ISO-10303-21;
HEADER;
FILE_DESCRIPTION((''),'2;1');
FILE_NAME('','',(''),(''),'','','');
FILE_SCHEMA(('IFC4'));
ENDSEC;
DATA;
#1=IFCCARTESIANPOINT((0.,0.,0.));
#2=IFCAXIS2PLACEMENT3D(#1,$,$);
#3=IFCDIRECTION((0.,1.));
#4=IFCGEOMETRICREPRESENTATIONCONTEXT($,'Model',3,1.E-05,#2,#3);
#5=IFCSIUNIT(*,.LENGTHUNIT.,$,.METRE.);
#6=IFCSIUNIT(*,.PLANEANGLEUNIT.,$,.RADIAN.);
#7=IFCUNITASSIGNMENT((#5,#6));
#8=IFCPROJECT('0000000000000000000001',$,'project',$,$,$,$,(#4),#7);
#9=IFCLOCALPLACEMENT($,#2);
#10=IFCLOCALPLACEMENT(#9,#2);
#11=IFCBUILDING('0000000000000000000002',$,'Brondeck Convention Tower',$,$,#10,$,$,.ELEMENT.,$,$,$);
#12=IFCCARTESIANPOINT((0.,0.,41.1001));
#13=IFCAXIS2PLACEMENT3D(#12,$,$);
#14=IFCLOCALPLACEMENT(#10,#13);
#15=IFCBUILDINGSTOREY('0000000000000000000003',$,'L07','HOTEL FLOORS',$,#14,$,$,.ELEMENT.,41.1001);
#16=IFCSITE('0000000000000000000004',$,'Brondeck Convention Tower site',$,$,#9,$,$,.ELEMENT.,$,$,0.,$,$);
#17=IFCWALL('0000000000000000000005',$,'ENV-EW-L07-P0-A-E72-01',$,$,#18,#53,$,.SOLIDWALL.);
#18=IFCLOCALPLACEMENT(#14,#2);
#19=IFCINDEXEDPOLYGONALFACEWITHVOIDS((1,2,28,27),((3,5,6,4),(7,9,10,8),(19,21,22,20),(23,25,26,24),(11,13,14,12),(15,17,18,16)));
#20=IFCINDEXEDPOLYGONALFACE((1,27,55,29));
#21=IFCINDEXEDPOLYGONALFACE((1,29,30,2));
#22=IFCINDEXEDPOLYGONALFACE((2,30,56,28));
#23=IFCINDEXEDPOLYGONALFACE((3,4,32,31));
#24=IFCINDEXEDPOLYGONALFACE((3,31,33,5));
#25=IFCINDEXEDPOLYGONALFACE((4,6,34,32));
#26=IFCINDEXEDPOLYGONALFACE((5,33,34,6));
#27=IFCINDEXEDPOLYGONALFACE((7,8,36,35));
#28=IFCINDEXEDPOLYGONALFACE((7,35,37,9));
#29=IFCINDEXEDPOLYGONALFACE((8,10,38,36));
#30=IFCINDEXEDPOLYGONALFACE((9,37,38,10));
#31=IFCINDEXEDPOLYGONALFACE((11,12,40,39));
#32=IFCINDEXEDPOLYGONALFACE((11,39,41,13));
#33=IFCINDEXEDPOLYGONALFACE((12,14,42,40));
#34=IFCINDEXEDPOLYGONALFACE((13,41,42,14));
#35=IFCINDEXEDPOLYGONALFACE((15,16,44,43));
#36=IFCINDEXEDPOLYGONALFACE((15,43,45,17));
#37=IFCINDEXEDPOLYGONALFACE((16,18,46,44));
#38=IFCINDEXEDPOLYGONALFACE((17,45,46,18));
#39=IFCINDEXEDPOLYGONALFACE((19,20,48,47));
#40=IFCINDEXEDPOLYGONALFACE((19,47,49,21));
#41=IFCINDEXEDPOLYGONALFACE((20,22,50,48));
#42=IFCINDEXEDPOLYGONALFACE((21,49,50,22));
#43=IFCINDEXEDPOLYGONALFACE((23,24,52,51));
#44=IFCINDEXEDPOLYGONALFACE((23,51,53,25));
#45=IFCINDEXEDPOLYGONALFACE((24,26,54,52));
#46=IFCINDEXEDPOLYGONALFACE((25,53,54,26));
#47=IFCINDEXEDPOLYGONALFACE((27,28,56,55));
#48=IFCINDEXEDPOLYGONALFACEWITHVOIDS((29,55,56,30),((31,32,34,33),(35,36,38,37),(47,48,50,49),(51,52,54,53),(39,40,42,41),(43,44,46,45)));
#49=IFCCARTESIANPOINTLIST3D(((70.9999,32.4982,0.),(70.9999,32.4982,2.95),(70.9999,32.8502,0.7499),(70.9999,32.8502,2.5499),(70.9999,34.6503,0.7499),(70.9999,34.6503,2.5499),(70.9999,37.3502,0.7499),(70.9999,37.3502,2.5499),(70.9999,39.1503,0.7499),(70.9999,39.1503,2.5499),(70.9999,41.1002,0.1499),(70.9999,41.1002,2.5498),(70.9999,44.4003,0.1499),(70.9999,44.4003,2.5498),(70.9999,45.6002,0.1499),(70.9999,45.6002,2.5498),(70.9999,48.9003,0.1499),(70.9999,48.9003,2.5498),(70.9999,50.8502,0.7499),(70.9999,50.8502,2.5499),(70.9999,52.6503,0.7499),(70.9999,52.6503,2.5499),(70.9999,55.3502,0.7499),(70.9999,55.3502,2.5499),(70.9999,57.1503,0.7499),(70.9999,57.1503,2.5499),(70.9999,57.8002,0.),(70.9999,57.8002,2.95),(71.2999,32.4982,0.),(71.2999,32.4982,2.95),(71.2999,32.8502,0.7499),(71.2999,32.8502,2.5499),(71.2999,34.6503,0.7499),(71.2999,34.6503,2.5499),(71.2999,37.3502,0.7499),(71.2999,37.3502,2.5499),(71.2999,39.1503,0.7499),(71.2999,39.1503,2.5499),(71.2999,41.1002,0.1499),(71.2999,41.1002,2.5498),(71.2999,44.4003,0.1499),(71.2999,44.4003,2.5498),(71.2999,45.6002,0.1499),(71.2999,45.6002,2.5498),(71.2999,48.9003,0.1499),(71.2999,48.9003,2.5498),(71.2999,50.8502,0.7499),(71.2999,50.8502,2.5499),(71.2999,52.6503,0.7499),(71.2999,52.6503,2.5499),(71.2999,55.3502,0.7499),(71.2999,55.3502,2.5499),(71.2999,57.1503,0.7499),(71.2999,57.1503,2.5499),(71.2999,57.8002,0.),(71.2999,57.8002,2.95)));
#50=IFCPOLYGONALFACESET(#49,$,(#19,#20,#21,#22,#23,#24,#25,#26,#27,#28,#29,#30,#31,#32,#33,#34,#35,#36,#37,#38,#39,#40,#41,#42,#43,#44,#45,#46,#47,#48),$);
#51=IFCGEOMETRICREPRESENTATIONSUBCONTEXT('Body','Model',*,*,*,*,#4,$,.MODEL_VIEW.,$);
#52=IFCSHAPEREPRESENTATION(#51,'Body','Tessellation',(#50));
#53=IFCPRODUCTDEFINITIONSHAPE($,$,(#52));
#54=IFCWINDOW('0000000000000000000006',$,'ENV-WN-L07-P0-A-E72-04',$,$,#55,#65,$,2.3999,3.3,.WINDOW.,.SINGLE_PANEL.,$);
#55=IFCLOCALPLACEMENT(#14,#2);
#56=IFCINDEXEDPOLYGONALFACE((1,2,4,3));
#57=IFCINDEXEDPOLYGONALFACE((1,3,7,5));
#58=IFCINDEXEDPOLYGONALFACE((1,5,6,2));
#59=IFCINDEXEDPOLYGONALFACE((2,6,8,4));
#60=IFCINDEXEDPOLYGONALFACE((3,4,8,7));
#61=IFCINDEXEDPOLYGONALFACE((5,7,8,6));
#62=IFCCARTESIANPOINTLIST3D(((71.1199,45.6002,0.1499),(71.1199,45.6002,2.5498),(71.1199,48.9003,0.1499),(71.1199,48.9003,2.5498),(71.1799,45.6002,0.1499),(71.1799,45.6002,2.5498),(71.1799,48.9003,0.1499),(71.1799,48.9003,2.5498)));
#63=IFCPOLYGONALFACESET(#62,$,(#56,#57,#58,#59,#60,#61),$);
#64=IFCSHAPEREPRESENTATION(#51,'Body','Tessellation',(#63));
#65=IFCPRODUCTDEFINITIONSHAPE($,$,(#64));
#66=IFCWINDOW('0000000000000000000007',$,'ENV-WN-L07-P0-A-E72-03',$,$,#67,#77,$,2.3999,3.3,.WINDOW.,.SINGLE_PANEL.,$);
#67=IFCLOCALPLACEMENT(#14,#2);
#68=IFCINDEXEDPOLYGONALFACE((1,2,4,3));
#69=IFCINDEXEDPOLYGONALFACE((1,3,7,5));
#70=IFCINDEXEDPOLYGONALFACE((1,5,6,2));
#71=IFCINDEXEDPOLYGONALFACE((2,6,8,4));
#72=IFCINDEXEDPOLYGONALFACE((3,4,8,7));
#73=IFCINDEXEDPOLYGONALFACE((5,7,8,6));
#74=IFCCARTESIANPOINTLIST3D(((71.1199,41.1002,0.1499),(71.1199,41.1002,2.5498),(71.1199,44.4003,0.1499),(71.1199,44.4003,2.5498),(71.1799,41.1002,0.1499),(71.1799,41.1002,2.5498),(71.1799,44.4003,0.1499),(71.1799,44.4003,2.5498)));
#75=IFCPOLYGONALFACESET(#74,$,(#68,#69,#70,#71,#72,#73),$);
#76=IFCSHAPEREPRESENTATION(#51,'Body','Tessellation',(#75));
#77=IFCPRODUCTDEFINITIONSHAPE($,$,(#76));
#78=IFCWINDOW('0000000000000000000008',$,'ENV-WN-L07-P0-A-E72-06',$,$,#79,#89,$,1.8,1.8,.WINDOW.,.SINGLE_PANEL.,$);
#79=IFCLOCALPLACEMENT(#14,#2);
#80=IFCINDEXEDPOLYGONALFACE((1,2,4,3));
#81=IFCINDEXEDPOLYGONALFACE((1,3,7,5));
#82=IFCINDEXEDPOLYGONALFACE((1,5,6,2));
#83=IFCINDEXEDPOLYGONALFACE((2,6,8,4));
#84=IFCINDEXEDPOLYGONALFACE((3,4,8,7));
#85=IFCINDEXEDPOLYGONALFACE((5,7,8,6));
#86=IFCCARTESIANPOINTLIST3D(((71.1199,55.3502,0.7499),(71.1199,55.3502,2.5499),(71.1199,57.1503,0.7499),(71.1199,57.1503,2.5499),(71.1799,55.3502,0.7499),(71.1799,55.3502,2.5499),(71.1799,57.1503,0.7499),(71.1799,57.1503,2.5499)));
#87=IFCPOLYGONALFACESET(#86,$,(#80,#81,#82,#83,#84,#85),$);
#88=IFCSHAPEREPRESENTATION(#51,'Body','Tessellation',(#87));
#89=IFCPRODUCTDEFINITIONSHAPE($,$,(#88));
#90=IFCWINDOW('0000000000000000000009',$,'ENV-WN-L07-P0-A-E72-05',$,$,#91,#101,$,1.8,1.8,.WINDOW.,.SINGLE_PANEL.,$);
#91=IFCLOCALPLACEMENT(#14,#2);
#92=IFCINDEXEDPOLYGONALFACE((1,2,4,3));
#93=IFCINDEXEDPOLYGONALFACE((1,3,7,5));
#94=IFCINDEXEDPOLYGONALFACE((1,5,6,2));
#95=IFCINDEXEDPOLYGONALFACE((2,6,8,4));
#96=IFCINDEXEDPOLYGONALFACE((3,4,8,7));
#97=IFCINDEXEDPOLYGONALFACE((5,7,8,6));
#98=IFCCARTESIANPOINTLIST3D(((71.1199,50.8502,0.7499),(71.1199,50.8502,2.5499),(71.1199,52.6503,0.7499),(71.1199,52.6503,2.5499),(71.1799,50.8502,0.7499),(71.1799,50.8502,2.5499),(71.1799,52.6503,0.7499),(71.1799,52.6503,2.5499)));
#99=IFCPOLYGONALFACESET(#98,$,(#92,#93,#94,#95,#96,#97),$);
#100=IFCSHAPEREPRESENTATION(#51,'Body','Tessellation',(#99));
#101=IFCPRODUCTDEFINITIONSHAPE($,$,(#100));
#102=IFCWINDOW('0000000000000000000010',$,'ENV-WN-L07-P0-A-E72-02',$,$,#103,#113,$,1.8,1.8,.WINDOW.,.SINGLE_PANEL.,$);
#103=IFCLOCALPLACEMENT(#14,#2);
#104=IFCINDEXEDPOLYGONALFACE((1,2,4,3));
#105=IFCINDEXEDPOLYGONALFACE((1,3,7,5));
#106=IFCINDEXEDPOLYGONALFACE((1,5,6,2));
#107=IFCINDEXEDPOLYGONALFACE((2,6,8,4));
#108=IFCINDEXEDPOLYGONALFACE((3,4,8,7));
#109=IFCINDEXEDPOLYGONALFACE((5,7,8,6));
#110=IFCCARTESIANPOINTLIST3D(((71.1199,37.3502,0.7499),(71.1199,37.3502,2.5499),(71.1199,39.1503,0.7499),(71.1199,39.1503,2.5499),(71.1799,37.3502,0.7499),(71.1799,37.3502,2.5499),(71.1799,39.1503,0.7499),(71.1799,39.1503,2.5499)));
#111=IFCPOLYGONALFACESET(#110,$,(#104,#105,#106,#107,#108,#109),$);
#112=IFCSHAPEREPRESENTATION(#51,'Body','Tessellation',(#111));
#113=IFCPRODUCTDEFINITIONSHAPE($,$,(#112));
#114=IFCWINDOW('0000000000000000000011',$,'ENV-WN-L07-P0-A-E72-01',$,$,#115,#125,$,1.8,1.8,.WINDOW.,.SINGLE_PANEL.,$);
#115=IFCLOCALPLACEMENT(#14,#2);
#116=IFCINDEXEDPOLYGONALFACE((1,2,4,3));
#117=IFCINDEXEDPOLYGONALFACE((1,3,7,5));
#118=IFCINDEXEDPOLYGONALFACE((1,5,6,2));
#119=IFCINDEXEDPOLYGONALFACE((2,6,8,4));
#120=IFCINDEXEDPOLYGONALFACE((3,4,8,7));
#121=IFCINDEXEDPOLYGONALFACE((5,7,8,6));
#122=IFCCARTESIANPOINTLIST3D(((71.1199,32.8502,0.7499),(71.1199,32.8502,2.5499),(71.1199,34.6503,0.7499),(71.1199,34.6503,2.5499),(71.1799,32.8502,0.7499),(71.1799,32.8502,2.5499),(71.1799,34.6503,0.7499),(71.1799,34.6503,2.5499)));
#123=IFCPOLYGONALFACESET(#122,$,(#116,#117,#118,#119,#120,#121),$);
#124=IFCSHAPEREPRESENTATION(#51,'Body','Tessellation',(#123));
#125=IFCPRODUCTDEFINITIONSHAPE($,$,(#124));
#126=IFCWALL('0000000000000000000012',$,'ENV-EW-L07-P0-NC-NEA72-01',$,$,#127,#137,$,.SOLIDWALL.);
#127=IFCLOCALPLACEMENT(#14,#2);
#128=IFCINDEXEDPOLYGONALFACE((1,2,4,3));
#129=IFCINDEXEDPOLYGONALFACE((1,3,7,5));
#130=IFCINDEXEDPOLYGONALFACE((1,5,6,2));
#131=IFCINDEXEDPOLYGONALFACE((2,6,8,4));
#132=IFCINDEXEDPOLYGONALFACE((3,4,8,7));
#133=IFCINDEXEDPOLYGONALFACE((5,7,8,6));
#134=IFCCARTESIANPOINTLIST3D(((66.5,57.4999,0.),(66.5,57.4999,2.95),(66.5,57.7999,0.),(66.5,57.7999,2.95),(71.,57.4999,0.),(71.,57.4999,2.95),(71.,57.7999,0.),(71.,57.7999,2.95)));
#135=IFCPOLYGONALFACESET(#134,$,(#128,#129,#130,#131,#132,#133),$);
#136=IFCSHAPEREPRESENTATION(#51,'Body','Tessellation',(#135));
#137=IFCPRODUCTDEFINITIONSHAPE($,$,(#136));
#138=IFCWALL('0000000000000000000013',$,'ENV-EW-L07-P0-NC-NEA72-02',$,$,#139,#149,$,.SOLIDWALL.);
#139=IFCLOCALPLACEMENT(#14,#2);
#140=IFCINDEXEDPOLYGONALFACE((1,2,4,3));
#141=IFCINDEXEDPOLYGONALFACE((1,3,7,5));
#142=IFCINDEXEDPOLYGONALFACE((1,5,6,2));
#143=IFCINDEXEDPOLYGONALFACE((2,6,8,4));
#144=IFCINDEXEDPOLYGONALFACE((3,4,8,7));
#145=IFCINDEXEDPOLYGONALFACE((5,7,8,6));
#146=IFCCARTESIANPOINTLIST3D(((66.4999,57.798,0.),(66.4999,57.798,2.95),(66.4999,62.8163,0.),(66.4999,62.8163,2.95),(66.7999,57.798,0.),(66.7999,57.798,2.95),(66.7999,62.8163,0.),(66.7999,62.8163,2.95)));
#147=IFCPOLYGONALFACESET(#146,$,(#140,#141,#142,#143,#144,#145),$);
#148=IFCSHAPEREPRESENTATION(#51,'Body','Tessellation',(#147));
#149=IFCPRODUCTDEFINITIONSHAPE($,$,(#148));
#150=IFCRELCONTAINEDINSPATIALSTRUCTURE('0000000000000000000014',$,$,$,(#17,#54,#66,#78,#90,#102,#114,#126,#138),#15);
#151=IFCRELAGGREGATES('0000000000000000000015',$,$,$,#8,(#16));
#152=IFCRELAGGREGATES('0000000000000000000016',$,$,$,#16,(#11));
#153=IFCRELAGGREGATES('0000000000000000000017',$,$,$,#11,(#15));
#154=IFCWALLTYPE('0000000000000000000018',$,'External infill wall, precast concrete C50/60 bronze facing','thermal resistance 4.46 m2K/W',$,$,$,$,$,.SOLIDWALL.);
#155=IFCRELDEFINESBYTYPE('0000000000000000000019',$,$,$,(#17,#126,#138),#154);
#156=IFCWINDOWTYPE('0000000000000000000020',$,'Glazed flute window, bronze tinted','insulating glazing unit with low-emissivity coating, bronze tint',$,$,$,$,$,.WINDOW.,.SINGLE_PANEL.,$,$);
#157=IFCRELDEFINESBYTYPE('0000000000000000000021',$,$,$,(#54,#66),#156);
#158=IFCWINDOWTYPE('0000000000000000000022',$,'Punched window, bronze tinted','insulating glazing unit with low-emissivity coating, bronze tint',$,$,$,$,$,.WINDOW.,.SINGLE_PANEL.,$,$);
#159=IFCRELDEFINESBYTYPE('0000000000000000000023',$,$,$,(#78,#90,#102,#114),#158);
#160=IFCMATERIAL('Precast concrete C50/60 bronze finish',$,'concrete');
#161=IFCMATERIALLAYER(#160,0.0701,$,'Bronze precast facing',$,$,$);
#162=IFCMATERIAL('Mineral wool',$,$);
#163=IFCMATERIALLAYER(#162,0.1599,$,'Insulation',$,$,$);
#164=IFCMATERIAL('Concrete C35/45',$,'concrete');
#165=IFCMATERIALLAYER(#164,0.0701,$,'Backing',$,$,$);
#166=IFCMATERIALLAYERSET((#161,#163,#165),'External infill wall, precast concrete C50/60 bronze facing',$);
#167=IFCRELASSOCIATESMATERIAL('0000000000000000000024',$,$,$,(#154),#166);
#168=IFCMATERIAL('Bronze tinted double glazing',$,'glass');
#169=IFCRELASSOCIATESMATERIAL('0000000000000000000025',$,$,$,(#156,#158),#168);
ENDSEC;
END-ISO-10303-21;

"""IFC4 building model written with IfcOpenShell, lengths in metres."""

from ifc_helpers import new_model, si_unit, direction, frame, frame_2d, origin, place, context, subcontext, project, spatial, rectangle, extrude, material, layer, layer_set, type_object, element, fill, save


model = new_model("IFC4")

# Units and contexts
model_context = context("Model", 3, precision=1e-05, world=origin(), true_north=direction((0.0, 1.0)))
body_context = subcontext(model_context, "Body", "Model", "MODEL_VIEW")
ifc_project = project(units=[si_unit("LENGTHUNIT", "METRE"), si_unit("PLANEANGLEUNIT", "RADIAN")], contexts=[model_context])

# Site, building, storey
site_placement = place(None, origin())
site = spatial("IfcSite", under=ifc_project, at=site_placement, Name="Brondeck Convention Tower site", CompositionType="ELEMENT", RefElevation=0.0)
building_placement = place(site_placement, origin())
building = spatial("IfcBuilding", under=site, at=building_placement, Name="Brondeck Convention Tower", CompositionType="ELEMENT")
storey_placement = place(building_placement, frame((0.0, 0.0, 41.1001)))
storey = spatial("IfcBuildingStorey", under=building, at=storey_placement, Name="L07", Description="HOTEL FLOORS", CompositionType="ELEMENT", Elevation=41.1001)

# Wall, openings, windows
ifc_material_1 = material(Name="Precast concrete C50/60 bronze finish", Category="concrete")
ifc_layer_1 = layer(ifc_material_1, 0.0701, Name="Bronze precast facing")
ifc_material_2 = material(Name="Mineral wool")
ifc_layer_2 = layer(ifc_material_2, 0.1599, Name="Insulation")
ifc_material_3 = material(Name="Concrete C35/45", Category="concrete")
ifc_layer_3 = layer(ifc_material_3, 0.0701, Name="Backing")
ifc_layer_set_1 = layer_set([ifc_layer_1, ifc_layer_2, ifc_layer_3], Name="External infill wall, precast concrete C50/60 bronze facing")
wall_type_1 = type_object("IfcWallType", Name="External infill wall, precast concrete C50/60 bronze facing", Description="thermal resistance 4.46 m2K/W", PredefinedType="SOLIDWALL", material=ifc_layer_set_1)
wall_1_placement = place(storey_placement, frame((71.1499, 57.8, 0.0), z_axis=(0.0, 0.0, 1.0), x_axis=(0.0, -1.0, 0.0)))
wall_1 = element("IfcWall", 1, at=wall_1_placement, inside=storey, type_object=wall_type_1, Name="ENV-EW-L07-P0-A-E72-01", PredefinedType="SOLIDWALL", context=body_context, shape_type="SweptSolid", body=[
    extrude(rectangle(XDim=25.302, YDim=0.3, at=frame_2d((12.6509, 0.0))), origin(), (0.0, 0.0, 1.0), 2.95),
])
opening_1_placement = place(wall_1_placement, frame((0.6499, 0.0, 0.75)))
opening_1 = element("IfcOpeningElement", 2, at=opening_1_placement, cuts=wall_1, PredefinedType="OPENING", context=body_context, shape_type="SweptSolid", body=[
    extrude(rectangle(XDim=1.8, YDim=1.8, at=frame_2d((0.8999, 0.8999))), frame((0.0, 0.1599, 0.0), z_axis=(0.0, -1.0, 0.0), x_axis=(1.0, 0.0, 0.0)), (0.0, 0.0, 1.0), 0.3201),
])
opening_2_placement = place(wall_1_placement, frame((5.1499, 0.0, 0.75)))
opening_2 = element("IfcOpeningElement", 3, at=opening_2_placement, cuts=wall_1, PredefinedType="OPENING", context=body_context, shape_type="SweptSolid", body=[
    extrude(rectangle(XDim=1.8, YDim=1.8, at=frame_2d((0.8999, 0.8999))), frame((0.0, 0.1599, 0.0), z_axis=(0.0, -1.0, 0.0), x_axis=(1.0, 0.0, 0.0)), (0.0, 0.0, 1.0), 0.3201),
])
opening_3_placement = place(wall_1_placement, frame((8.8999, 0.0, 0.1499)))
opening_3 = element("IfcOpeningElement", 4, at=opening_3_placement, cuts=wall_1, PredefinedType="OPENING", context=body_context, shape_type="SweptSolid", body=[
    extrude(rectangle(XDim=3.3, YDim=2.3999, at=frame_2d((1.6499, 1.2))), frame((0.0, 0.1599, 0.0), z_axis=(0.0, -1.0, 0.0), x_axis=(1.0, 0.0, 0.0)), (0.0, 0.0, 1.0), 0.3201),
])
opening_4_placement = place(wall_1_placement, frame((13.3999, 0.0, 0.1499)))
opening_4 = element("IfcOpeningElement", 5, at=opening_4_placement, cuts=wall_1, PredefinedType="OPENING", context=body_context, shape_type="SweptSolid", body=[
    extrude(rectangle(XDim=3.3, YDim=2.3999, at=frame_2d((1.6499, 1.2))), frame((0.0, 0.1599, 0.0), z_axis=(0.0, -1.0, 0.0), x_axis=(1.0, 0.0, 0.0)), (0.0, 0.0, 1.0), 0.3201),
])
opening_5_placement = place(wall_1_placement, frame((18.6499, 0.0, 0.75)))
opening_5 = element("IfcOpeningElement", 6, at=opening_5_placement, cuts=wall_1, PredefinedType="OPENING", context=body_context, shape_type="SweptSolid", body=[
    extrude(rectangle(XDim=1.8, YDim=1.8, at=frame_2d((0.8999, 0.8999))), frame((0.0, 0.1599, 0.0), z_axis=(0.0, -1.0, 0.0), x_axis=(1.0, 0.0, 0.0)), (0.0, 0.0, 1.0), 0.3201),
])
opening_6_placement = place(wall_1_placement, frame((23.1499, 0.0, 0.75)))
opening_6 = element("IfcOpeningElement", 7, at=opening_6_placement, cuts=wall_1, PredefinedType="OPENING", context=body_context, shape_type="SweptSolid", body=[
    extrude(rectangle(XDim=1.8, YDim=1.8, at=frame_2d((0.8999, 0.8999))), frame((0.0, 0.1599, 0.0), z_axis=(0.0, -1.0, 0.0), x_axis=(1.0, 0.0, 0.0)), (0.0, 0.0, 1.0), 0.3201),
])
ifc_material_4 = material(Name="Bronze tinted double glazing", Category="glass")
window_type_1 = type_object("IfcWindowType", Name="Glazed flute window, bronze tinted", Description="insulating glazing unit with low-emissivity coating, bronze tint", PartitioningType="SINGLE_PANEL", PredefinedType="WINDOW", material=ifc_material_4)
window_1_placement = place(opening_3_placement, origin())
window_1 = element("IfcWindow", 8, at=window_1_placement, inside=storey, type_object=window_type_1, Name="ENV-WN-L07-P0-A-E72-04", OverallHeight=2.3999, OverallWidth=3.3, PartitioningType="SINGLE_PANEL", PredefinedType="WINDOW", context=body_context, shape_type="SweptSolid", body=[
    extrude(rectangle(XDim=3.3, YDim=2.3999, at=frame_2d((1.6499, 1.2))), frame((0.0, 0.03, 0.0), z_axis=(0.0, -1.0, 0.0), x_axis=(1.0, 0.0, 0.0)), (0.0, 0.0, 1.0), 0.0601),
])
fill(opening_3, window_1)
window_2_placement = place(opening_4_placement, origin())
window_2 = element("IfcWindow", 9, at=window_2_placement, inside=storey, type_object=window_type_1, Name="ENV-WN-L07-P0-A-E72-03", OverallHeight=2.3999, OverallWidth=3.3, PartitioningType="SINGLE_PANEL", PredefinedType="WINDOW", context=body_context, shape_type="SweptSolid", body=[
    extrude(rectangle(XDim=3.3, YDim=2.3999, at=frame_2d((1.6499, 1.2))), frame((0.0, 0.03, 0.0), z_axis=(0.0, -1.0, 0.0), x_axis=(1.0, 0.0, 0.0)), (0.0, 0.0, 1.0), 0.0601),
])
fill(opening_4, window_2)
window_type_2 = type_object("IfcWindowType", Name="Punched window, bronze tinted", Description="insulating glazing unit with low-emissivity coating, bronze tint", PartitioningType="SINGLE_PANEL", PredefinedType="WINDOW", material=ifc_material_4)
window_3_placement = place(opening_1_placement, origin())
window_3 = element("IfcWindow", 10, at=window_3_placement, inside=storey, type_object=window_type_2, Name="ENV-WN-L07-P0-A-E72-06", OverallHeight=1.8, OverallWidth=1.8, PartitioningType="SINGLE_PANEL", PredefinedType="WINDOW", context=body_context, shape_type="SweptSolid", body=[
    extrude(rectangle(XDim=1.8, YDim=1.8, at=frame_2d((0.8999, 0.8999))), frame((0.0, 0.03, 0.0), z_axis=(0.0, -1.0, 0.0), x_axis=(1.0, 0.0, 0.0)), (0.0, 0.0, 1.0), 0.0601),
])
fill(opening_1, window_3)
window_4_placement = place(opening_2_placement, origin())
window_4 = element("IfcWindow", 11, at=window_4_placement, inside=storey, type_object=window_type_2, Name="ENV-WN-L07-P0-A-E72-05", OverallHeight=1.8, OverallWidth=1.8, PartitioningType="SINGLE_PANEL", PredefinedType="WINDOW", context=body_context, shape_type="SweptSolid", body=[
    extrude(rectangle(XDim=1.8, YDim=1.8, at=frame_2d((0.8999, 0.8999))), frame((0.0, 0.03, 0.0), z_axis=(0.0, -1.0, 0.0), x_axis=(1.0, 0.0, 0.0)), (0.0, 0.0, 1.0), 0.0601),
])
fill(opening_2, window_4)
window_5_placement = place(opening_5_placement, origin())
window_5 = element("IfcWindow", 12, at=window_5_placement, inside=storey, type_object=window_type_2, Name="ENV-WN-L07-P0-A-E72-02", OverallHeight=1.8, OverallWidth=1.8, PartitioningType="SINGLE_PANEL", PredefinedType="WINDOW", context=body_context, shape_type="SweptSolid", body=[
    extrude(rectangle(XDim=1.8, YDim=1.8, at=frame_2d((0.8999, 0.8999))), frame((0.0, 0.03, 0.0), z_axis=(0.0, -1.0, 0.0), x_axis=(1.0, 0.0, 0.0)), (0.0, 0.0, 1.0), 0.0601),
])
fill(opening_5, window_5)
window_6_placement = place(opening_6_placement, origin())
window_6 = element("IfcWindow", 13, at=window_6_placement, inside=storey, type_object=window_type_2, Name="ENV-WN-L07-P0-A-E72-01", OverallHeight=1.8, OverallWidth=1.8, PartitioningType="SINGLE_PANEL", PredefinedType="WINDOW", context=body_context, shape_type="SweptSolid", body=[
    extrude(rectangle(XDim=1.8, YDim=1.8, at=frame_2d((0.8999, 0.8999))), frame((0.0, 0.03, 0.0), z_axis=(0.0, -1.0, 0.0), x_axis=(1.0, 0.0, 0.0)), (0.0, 0.0, 1.0), 0.0601),
])
fill(opening_6, window_6)

# Walls
wall_2_placement = place(storey_placement, frame((66.5, 57.6499, 0.0), z_axis=(0.0, 0.0, 1.0), x_axis=(1.0, 0.0, 0.0)))
element("IfcWall", 14, at=wall_2_placement, inside=storey, type_object=wall_type_1, Name="ENV-EW-L07-P0-NC-NEA72-01", PredefinedType="SOLIDWALL", context=body_context, shape_type="SweptSolid", body=[
    extrude(rectangle(XDim=4.5, YDim=0.3, at=frame_2d((2.25, 0.0))), origin(), (0.0, 0.0, 1.0), 2.95),
])
wall_3_placement = place(storey_placement, frame((66.6499, 62.8164, 0.0), z_axis=(0.0, 0.0, 1.0), x_axis=(0.0, -1.0, 0.0)))
element("IfcWall", 15, at=wall_3_placement, inside=storey, type_object=wall_type_1, Name="ENV-EW-L07-P0-NC-NEA72-02", PredefinedType="SOLIDWALL", context=body_context, shape_type="SweptSolid", body=[
    extrude(rectangle(XDim=5.0183, YDim=0.3, at=frame_2d((2.5093, 0.0))), origin(), (0.0, 0.0, 1.0), 2.95),
])

save(model, "model.ifc")
